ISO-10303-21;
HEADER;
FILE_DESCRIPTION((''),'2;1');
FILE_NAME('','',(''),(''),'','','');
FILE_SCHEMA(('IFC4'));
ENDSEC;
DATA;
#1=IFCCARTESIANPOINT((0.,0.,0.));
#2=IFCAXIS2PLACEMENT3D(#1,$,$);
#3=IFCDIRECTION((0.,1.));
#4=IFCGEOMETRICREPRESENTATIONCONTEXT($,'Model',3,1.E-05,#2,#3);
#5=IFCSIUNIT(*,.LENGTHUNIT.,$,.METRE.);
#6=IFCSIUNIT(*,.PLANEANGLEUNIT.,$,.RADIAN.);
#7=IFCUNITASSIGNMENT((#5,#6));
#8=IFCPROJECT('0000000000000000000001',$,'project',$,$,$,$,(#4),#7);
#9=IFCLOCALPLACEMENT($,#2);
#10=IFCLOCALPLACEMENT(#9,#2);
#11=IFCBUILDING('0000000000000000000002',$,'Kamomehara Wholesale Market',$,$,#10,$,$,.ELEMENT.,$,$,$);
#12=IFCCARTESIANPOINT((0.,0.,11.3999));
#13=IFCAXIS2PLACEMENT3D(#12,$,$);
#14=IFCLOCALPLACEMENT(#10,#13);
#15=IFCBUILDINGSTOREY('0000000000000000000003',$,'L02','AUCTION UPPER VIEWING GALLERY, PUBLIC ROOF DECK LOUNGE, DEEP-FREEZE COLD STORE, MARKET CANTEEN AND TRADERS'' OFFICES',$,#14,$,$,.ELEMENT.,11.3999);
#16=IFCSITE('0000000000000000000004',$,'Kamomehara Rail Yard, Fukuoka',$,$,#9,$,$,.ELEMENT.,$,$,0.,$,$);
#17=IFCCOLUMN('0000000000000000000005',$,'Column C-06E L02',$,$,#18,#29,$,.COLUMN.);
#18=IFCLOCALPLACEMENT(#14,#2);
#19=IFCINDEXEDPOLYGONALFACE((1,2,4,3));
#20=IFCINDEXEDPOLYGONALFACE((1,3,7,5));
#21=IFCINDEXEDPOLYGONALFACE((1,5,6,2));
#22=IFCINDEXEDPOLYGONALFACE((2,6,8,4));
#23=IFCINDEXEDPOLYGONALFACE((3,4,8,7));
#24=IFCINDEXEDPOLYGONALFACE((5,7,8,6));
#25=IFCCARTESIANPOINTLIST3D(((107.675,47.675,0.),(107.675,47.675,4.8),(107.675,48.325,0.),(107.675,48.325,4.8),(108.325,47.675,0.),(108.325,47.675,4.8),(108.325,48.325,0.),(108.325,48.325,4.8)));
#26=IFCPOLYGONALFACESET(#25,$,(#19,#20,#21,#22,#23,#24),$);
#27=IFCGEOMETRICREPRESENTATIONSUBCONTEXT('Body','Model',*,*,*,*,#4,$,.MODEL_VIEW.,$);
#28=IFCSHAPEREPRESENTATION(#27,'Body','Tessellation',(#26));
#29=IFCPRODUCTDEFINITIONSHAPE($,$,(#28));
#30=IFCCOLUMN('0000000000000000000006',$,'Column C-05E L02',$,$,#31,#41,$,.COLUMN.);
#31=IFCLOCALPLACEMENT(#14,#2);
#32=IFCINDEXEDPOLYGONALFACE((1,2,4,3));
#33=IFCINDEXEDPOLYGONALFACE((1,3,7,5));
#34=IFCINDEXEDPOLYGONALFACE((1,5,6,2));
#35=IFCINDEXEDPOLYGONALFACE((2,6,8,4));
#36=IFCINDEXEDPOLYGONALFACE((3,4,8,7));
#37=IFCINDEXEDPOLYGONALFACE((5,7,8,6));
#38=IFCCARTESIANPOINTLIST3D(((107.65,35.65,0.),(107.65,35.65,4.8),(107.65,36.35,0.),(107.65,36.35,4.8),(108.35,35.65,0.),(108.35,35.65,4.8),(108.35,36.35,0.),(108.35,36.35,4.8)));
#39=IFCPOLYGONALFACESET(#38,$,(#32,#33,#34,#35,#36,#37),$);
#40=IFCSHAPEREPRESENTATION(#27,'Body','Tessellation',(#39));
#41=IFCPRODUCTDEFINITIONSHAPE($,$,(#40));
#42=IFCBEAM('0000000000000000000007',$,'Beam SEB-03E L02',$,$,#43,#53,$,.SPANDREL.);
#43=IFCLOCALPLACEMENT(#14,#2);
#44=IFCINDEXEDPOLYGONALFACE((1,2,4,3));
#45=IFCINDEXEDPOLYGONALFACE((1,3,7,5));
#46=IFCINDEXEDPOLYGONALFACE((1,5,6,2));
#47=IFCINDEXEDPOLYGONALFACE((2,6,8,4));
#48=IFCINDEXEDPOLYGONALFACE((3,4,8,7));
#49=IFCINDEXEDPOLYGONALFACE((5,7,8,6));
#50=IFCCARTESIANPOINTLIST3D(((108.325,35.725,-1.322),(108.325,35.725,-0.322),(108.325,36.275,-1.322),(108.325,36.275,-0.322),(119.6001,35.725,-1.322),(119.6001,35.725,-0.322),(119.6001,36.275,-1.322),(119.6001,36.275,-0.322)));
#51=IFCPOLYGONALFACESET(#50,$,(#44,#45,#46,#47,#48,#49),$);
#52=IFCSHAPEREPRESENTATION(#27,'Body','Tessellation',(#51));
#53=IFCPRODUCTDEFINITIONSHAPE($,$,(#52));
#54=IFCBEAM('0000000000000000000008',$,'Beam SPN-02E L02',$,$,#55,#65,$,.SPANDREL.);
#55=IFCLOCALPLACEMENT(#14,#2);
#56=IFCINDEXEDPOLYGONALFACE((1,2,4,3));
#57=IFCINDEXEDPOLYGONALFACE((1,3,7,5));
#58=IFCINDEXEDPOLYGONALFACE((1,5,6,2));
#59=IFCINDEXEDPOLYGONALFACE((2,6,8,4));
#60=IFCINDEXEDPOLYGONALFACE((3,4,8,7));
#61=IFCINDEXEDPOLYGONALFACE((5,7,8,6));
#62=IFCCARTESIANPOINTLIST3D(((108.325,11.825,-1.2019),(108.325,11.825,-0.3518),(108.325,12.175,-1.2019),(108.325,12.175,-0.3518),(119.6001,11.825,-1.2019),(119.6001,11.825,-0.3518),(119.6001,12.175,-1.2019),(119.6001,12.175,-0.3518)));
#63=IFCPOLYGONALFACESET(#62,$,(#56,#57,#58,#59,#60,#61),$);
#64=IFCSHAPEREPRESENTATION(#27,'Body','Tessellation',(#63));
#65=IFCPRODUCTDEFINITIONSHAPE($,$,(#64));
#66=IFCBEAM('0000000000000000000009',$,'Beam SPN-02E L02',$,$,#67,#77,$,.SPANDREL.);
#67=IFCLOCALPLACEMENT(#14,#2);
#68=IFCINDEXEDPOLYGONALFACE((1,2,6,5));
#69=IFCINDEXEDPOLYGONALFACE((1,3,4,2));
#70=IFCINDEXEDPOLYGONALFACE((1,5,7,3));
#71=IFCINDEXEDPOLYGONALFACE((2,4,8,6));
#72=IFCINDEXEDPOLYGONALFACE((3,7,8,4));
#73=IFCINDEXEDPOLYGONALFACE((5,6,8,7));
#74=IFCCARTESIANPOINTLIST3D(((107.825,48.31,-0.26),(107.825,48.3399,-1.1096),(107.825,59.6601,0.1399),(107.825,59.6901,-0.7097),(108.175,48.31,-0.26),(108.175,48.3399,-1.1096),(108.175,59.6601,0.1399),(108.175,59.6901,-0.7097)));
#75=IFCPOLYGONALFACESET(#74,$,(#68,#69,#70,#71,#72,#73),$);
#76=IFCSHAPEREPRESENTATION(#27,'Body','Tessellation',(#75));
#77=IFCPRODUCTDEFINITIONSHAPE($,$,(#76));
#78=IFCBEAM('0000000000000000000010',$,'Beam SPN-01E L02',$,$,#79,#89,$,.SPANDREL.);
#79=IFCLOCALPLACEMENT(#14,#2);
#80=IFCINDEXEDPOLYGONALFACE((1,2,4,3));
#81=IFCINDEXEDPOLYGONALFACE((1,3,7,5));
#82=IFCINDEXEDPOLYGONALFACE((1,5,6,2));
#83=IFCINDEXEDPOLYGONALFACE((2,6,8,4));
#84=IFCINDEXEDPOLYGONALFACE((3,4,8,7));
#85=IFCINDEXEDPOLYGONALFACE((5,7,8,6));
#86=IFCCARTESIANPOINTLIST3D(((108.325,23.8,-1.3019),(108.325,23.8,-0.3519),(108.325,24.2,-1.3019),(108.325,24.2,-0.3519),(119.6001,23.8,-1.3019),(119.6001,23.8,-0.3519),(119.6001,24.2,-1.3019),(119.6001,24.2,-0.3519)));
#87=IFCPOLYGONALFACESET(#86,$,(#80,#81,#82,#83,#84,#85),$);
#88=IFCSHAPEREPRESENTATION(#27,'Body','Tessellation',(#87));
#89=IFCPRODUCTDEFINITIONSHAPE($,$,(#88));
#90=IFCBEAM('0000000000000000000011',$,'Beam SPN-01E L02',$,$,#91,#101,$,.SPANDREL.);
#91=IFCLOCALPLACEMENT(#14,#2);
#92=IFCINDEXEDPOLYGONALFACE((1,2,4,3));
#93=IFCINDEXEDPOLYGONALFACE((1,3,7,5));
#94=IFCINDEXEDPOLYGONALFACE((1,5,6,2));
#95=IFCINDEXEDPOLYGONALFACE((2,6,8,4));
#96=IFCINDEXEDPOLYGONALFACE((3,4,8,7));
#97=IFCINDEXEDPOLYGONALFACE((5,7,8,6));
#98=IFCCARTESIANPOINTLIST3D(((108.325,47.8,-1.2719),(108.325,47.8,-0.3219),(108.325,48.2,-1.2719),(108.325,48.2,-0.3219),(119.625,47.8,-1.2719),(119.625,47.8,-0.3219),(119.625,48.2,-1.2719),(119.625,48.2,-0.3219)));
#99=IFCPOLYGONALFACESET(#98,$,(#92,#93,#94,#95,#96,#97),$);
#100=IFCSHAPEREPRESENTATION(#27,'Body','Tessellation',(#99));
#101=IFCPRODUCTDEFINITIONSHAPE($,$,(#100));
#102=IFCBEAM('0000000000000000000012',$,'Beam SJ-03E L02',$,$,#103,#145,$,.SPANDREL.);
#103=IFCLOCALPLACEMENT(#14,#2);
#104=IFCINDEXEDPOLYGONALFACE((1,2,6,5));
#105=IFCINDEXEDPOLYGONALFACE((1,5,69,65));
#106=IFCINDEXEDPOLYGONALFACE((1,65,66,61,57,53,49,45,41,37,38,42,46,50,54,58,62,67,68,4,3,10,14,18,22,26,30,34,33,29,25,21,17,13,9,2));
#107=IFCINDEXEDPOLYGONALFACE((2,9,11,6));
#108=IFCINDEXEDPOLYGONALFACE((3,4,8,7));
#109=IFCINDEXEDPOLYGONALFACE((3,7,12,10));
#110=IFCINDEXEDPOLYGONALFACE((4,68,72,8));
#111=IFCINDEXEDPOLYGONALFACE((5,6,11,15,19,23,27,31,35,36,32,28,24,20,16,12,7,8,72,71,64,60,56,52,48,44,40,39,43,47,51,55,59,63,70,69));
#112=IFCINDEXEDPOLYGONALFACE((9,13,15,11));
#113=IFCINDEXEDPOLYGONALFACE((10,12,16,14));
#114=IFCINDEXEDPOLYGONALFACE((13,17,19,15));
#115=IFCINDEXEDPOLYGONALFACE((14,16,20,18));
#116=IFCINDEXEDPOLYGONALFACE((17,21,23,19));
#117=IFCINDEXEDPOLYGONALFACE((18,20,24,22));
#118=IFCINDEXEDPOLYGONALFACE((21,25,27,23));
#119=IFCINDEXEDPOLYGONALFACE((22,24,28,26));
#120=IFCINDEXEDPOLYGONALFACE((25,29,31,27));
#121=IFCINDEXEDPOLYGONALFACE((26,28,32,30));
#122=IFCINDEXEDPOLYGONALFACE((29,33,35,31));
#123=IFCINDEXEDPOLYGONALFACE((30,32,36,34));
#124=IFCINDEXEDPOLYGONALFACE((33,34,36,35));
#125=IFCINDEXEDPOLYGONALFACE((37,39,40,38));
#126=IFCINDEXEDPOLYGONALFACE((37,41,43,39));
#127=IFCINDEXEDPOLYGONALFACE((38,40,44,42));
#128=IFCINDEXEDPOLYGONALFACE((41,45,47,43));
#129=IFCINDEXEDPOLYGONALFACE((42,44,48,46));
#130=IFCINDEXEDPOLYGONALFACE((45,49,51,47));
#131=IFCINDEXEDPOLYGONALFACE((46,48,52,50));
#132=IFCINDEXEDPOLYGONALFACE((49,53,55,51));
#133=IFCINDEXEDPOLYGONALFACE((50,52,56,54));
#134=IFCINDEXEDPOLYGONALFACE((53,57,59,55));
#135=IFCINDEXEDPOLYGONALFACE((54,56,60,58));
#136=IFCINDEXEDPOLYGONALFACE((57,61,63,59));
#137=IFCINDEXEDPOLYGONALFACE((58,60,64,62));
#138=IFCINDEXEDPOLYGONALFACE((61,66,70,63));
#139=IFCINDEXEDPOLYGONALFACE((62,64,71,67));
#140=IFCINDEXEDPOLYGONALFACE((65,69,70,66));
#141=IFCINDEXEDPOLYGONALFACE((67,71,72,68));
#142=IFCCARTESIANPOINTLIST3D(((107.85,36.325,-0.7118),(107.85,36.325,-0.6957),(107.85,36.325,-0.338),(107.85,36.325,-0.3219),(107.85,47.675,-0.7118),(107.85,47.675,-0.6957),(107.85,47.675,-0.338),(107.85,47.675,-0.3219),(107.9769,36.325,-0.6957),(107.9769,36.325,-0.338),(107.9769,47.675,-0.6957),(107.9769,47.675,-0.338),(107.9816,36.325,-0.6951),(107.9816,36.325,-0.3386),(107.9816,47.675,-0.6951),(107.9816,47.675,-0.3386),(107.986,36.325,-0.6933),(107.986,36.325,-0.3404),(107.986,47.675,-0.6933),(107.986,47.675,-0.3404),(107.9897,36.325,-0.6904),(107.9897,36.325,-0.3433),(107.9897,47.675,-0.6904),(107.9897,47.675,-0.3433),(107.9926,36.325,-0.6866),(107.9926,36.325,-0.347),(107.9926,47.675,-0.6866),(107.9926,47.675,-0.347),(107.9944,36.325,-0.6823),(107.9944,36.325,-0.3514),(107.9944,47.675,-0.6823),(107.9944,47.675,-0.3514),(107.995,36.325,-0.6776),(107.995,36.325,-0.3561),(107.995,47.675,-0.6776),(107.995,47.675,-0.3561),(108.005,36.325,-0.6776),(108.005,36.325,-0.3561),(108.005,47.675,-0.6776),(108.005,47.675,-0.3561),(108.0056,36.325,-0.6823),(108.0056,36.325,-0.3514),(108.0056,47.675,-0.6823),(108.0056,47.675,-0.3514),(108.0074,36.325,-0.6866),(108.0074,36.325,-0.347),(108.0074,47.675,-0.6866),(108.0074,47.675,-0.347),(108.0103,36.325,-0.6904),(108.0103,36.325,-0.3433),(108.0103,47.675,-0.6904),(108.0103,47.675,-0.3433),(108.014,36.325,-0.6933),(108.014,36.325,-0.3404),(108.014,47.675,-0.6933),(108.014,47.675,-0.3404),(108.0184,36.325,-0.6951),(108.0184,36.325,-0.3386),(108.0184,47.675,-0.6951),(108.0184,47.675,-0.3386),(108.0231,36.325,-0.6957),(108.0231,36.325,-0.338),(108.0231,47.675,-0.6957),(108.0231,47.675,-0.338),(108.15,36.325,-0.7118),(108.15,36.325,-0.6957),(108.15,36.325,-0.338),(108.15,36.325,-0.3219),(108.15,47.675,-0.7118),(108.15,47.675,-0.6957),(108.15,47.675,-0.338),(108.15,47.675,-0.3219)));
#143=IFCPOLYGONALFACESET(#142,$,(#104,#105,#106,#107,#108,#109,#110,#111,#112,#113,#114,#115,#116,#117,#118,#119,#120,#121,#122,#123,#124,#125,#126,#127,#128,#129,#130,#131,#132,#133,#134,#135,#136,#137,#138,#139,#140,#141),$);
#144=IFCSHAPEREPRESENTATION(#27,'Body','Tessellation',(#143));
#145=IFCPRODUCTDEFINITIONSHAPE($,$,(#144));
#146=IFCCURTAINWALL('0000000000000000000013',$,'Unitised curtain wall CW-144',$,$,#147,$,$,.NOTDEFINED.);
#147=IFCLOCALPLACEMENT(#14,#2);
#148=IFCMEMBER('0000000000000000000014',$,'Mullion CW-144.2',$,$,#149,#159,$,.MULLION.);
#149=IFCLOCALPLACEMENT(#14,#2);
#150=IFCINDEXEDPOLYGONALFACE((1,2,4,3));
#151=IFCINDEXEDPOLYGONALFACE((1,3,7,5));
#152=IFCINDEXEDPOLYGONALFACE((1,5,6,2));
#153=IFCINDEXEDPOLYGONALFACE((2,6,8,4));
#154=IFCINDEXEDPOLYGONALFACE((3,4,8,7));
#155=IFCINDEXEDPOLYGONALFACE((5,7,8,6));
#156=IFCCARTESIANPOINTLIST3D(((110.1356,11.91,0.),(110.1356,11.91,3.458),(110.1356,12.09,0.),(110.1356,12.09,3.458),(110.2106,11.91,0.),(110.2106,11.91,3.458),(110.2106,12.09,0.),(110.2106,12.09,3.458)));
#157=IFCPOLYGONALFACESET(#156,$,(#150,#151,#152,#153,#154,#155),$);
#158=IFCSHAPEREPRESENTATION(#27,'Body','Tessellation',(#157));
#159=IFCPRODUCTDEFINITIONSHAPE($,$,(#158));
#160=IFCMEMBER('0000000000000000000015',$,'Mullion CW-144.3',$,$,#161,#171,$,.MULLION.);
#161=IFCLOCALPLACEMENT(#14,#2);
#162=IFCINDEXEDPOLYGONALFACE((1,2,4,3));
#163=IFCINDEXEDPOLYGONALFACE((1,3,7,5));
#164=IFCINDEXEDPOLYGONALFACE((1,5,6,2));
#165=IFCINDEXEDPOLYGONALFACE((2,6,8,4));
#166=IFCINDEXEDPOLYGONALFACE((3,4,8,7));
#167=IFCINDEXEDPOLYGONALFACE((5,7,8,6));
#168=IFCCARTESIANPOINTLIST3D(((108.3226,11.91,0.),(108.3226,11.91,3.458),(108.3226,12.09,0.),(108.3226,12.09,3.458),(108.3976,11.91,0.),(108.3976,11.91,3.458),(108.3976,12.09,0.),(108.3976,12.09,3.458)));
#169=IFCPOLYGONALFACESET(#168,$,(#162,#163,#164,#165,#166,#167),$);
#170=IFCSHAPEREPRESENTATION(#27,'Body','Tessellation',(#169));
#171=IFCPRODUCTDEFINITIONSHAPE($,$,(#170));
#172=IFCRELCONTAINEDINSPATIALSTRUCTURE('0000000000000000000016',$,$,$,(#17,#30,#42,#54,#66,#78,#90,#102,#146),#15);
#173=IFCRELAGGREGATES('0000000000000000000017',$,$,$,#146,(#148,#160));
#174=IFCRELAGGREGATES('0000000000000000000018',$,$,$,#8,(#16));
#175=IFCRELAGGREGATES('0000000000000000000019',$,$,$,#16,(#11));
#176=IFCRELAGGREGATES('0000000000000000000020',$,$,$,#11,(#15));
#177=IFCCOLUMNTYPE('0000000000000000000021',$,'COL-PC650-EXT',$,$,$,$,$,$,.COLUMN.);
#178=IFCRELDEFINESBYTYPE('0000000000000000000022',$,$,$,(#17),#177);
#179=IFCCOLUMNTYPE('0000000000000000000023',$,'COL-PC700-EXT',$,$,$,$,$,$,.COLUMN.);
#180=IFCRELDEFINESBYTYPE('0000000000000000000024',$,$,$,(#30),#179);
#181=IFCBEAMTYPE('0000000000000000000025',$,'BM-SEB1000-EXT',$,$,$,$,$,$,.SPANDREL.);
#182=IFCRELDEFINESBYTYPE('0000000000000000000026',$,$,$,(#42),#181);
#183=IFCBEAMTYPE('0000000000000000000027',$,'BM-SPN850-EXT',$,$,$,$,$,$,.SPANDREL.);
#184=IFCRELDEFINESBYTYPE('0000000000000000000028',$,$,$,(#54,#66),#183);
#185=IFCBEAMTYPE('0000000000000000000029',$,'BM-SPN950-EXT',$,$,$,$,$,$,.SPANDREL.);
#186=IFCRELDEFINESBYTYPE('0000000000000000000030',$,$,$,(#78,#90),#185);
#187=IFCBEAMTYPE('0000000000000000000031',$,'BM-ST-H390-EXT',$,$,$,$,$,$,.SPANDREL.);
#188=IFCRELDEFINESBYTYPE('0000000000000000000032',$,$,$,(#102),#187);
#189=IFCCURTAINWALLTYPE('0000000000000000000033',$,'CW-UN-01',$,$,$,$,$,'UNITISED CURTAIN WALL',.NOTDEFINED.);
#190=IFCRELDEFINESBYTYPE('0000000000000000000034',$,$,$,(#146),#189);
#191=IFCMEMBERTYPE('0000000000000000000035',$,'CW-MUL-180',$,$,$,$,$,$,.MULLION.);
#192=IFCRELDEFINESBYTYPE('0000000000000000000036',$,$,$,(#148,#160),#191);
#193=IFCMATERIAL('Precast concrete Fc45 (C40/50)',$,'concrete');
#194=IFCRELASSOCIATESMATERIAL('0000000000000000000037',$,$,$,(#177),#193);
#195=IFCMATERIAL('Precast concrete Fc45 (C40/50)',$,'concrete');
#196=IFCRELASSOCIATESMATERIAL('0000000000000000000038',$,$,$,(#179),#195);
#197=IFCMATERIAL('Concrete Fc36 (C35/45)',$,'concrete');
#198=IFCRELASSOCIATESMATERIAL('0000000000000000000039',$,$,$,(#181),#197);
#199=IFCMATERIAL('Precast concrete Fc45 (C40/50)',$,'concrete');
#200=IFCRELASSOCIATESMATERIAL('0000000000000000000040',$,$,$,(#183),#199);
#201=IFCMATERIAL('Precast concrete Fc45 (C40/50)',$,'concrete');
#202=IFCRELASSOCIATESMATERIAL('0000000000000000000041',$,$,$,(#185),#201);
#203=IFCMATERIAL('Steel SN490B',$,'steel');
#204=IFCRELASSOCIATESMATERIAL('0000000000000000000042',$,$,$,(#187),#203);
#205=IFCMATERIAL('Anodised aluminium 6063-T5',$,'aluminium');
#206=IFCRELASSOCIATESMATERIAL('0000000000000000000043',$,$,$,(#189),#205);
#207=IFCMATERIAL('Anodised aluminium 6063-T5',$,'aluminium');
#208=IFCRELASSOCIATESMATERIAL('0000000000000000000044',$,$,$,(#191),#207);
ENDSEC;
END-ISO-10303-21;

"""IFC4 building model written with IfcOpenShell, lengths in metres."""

from ifc_helpers import new_model, si_unit, direction, frame, origin, origin_2d, place, context, subcontext, project, spatial, rectangle, i_section, extrude, material, material_profile, profile_set, type_object, element, aggregate, save


model = new_model("IFC4")

# Units and contexts
model_context = context("Model", 3, precision=1e-05, world=origin(), true_north=direction((0.0, 1.0)))
body_context = subcontext(model_context, "Body", "Model", "MODEL_VIEW")
ifc_project = project(units=[si_unit("LENGTHUNIT", "METRE"), si_unit("PLANEANGLEUNIT", "RADIAN")], contexts=[model_context])

# Site, building, storey
site_placement = place(None, origin())
site = spatial("IfcSite", under=ifc_project, at=site_placement, Name="Kamomehara Rail Yard, Fukuoka", CompositionType="ELEMENT", RefElevation=0.0)
building_placement = place(site_placement, origin())
building = spatial("IfcBuilding", under=site, at=building_placement, Name="Kamomehara Wholesale Market", CompositionType="ELEMENT")
storey_placement = place(building_placement, frame((0.0, 0.0, 11.3999)))
storey = spatial("IfcBuildingStorey", under=building, at=storey_placement, Name="L02", Description="AUCTION UPPER VIEWING GALLERY, PUBLIC ROOF DECK LOUNGE, DEEP-FREEZE COLD STORE, MARKET CANTEEN AND TRADERS' OFFICES", CompositionType="ELEMENT", Elevation=11.3999)

# Columns
ifc_material_1 = material(Name="Precast concrete Fc45 (C40/50)", Category="concrete")
ifc_material_profile_1 = material_profile(ifc_material_1, rectangle(XDim=0.6499, YDim=0.6499, at=origin_2d()), Name="PC-COL-650x650")
ifc_profile_set_1 = profile_set([ifc_material_profile_1], Name="Precast concrete Fc45 (C40/50)")
column_type_1 = type_object("IfcColumnType", Name="COL-PC650-EXT", PredefinedType="COLUMN", material=ifc_profile_set_1)
column_1_placement = place(storey_placement, frame((108.0, 48.0, 0.0), z_axis=(0.0, 0.0, 1.0), x_axis=(1.0, 0.0, 0.0)))
element("IfcColumn", 1, at=column_1_placement, inside=storey, type_object=column_type_1, Name="Column C-06E L02", PredefinedType="COLUMN", context=body_context, shape_type="SweptSolid", body=[
    extrude(rectangle(XDim=0.6499, YDim=0.6499, at=origin_2d()), origin(), (0.0, 0.0, 1.0), 4.8),
])
ifc_material_2 = material(Name="Precast concrete Fc45 (C40/50)", Category="concrete")
ifc_material_profile_2 = material_profile(ifc_material_2, rectangle(XDim=0.7, YDim=0.7, at=origin_2d()), Name="PC-COL-700x700")
ifc_profile_set_2 = profile_set([ifc_material_profile_2], Name="Precast concrete Fc45 (C40/50)")
column_type_2 = type_object("IfcColumnType", Name="COL-PC700-EXT", PredefinedType="COLUMN", material=ifc_profile_set_2)
column_2_placement = place(storey_placement, frame((108.0, 36.0, 0.0), z_axis=(0.0, 0.0, 1.0), x_axis=(1.0, 0.0, 0.0)))
element("IfcColumn", 2, at=column_2_placement, inside=storey, type_object=column_type_2, Name="Column C-05E L02", PredefinedType="COLUMN", context=body_context, shape_type="SweptSolid", body=[
    extrude(rectangle(XDim=0.7, YDim=0.7, at=origin_2d()), origin(), (0.0, 0.0, 1.0), 4.8),
])

# Beams
ifc_material_3 = material(Name="Concrete Fc36 (C35/45)", Category="concrete")
ifc_material_profile_3 = material_profile(ifc_material_3, rectangle(XDim=0.55, YDim=1.0, at=origin_2d()), Name="RC-SEB-550x1000")
ifc_profile_set_3 = profile_set([ifc_material_profile_3], Name="Concrete Fc36 (C35/45)")
beam_type_1 = type_object("IfcBeamType", Name="BM-SEB1000-EXT", PredefinedType="SPANDREL", material=ifc_profile_set_3)
beam_1_placement = place(storey_placement, frame((108.325, 36.0, -0.822), z_axis=(1.0, 0.0, 0.0), x_axis=(0.0, 1.0, 0.0)))
element("IfcBeam", 3, at=beam_1_placement, inside=storey, type_object=beam_type_1, Name="Beam SEB-03E L02", PredefinedType="SPANDREL", context=body_context, shape_type="SweptSolid", body=[
    extrude(rectangle(XDim=0.55, YDim=1.0, at=origin_2d()), origin(), (0.0, 0.0, 1.0), 11.2751),
])
ifc_material_4 = material(Name="Precast concrete Fc45 (C40/50)", Category="concrete")
ifc_material_profile_4 = material_profile(ifc_material_4, rectangle(XDim=0.3501, YDim=0.8501, at=origin_2d()), Name="PC-SPN-350x850")
ifc_profile_set_4 = profile_set([ifc_material_profile_4], Name="Precast concrete Fc45 (C40/50)")
beam_type_2 = type_object("IfcBeamType", Name="BM-SPN850-EXT", PredefinedType="SPANDREL", material=ifc_profile_set_4)
beam_2_placement = place(storey_placement, frame((108.325, 12.0, -0.7769), z_axis=(1.0, 0.0, 0.0), x_axis=(0.0, 1.0, 0.0)))
element("IfcBeam", 4, at=beam_2_placement, inside=storey, type_object=beam_type_2, Name="Beam SPN-02E L02", PredefinedType="SPANDREL", context=body_context, shape_type="SweptSolid", body=[
    extrude(rectangle(XDim=0.3501, YDim=0.8501, at=origin_2d()), origin(), (0.0, 0.0, 1.0), 11.2751),
])
beam_3_placement = place(storey_placement, frame((108.0, 48.325, -0.6848), z_axis=(0.0, 0.99938, 0.035212), x_axis=(-1.0, 0.0, 0.0)))
element("IfcBeam", 5, at=beam_3_placement, inside=storey, type_object=beam_type_2, Name="Beam SPN-02E L02", PredefinedType="SPANDREL", context=body_context, shape_type="SweptSolid", body=[
    extrude(rectangle(XDim=0.3501, YDim=0.8501, at=origin_2d()), origin(), (0.0, 0.0, 1.0), 11.3572),
])
ifc_material_5 = material(Name="Precast concrete Fc45 (C40/50)", Category="concrete")
ifc_material_profile_5 = material_profile(ifc_material_5, rectangle(XDim=0.3999, YDim=0.95, at=origin_2d()), Name="PC-SPN-400x950")
ifc_profile_set_5 = profile_set([ifc_material_profile_5], Name="Precast concrete Fc45 (C40/50)")
beam_type_3 = type_object("IfcBeamType", Name="BM-SPN950-EXT", PredefinedType="SPANDREL", material=ifc_profile_set_5)
beam_4_placement = place(storey_placement, frame((108.325, 24.0, -0.8269), z_axis=(1.0, 0.0, 0.0), x_axis=(0.0, 1.0, 0.0)))
element("IfcBeam", 6, at=beam_4_placement, inside=storey, type_object=beam_type_3, Name="Beam SPN-01E L02", PredefinedType="SPANDREL", context=body_context, shape_type="SweptSolid", body=[
    extrude(rectangle(XDim=0.3999, YDim=0.95, at=origin_2d()), origin(), (0.0, 0.0, 1.0), 11.2751),
])
beam_5_placement = place(storey_placement, frame((108.325, 48.0, -0.7969), z_axis=(1.0, 0.0, 0.0), x_axis=(0.0, 1.0, 0.0)))
element("IfcBeam", 7, at=beam_5_placement, inside=storey, type_object=beam_type_3, Name="Beam SPN-01E L02", PredefinedType="SPANDREL", context=body_context, shape_type="SweptSolid", body=[
    extrude(rectangle(XDim=0.3999, YDim=0.95, at=origin_2d()), origin(), (0.0, 0.0, 1.0), 11.3),
])
ifc_material_6 = material(Name="Steel SN490B", Category="steel")
ifc_material_profile_6 = material_profile(ifc_material_6, i_section(OverallWidth=0.3, OverallDepth=0.3899, WebThickness=0.01, FlangeThickness=0.0161, FilletRadius=0.0181, at=origin_2d()), Name="H-390x300x10x16")
ifc_profile_set_6 = profile_set([ifc_material_profile_6], Name="Steel SN490B")
beam_type_4 = type_object("IfcBeamType", Name="BM-ST-H390-EXT", PredefinedType="SPANDREL", material=ifc_profile_set_6)
beam_6_placement = place(storey_placement, frame((108.0, 36.325, -0.5168), z_axis=(0.0, 1.0, 0.0), x_axis=(-1.0, 0.0, 0.0)))
element("IfcBeam", 8, at=beam_6_placement, inside=storey, type_object=beam_type_4, Name="Beam SJ-03E L02", PredefinedType="SPANDREL", context=body_context, shape_type="SweptSolid", body=[
    extrude(i_section(OverallWidth=0.3, OverallDepth=0.3899, WebThickness=0.01, FlangeThickness=0.0161, FilletRadius=0.0181, at=origin_2d()), origin(), (0.0, 0.0, 1.0), 11.3501),
])

# Curtain wall, members
ifc_material_7 = material(Name="Anodised aluminium 6063-T5", Category="aluminium")
curtain_wall_type = type_object("IfcCurtainWallType", Name="CW-UN-01", ElementType="UNITISED CURTAIN WALL", PredefinedType="NOTDEFINED", material=ifc_material_7)
curtain_wall_placement = place(storey_placement, origin())
curtain_wall = element("IfcCurtainWall", 9, at=curtain_wall_placement, inside=storey, type_object=curtain_wall_type, Name="Unitised curtain wall CW-144", PredefinedType="NOTDEFINED")
ifc_material_8 = material(Name="Anodised aluminium 6063-T5", Category="aluminium")
ifc_material_profile_7 = material_profile(ifc_material_8, rectangle(XDim=0.075, YDim=0.1799, at=origin_2d()), Name="ALU-MUL-75x180")
ifc_profile_set_7 = profile_set([ifc_material_profile_7], Name="Anodised aluminium 6063-T5")
member_type = type_object("IfcMemberType", Name="CW-MUL-180", PredefinedType="MULLION", material=ifc_profile_set_7)
member_1_placement = place(storey_placement, frame((110.1731, 12.0, 0.0), z_axis=(0.0, 0.0, 1.0), x_axis=(-1.0, 0.0, 0.0)))
member_1 = element("IfcMember", 10, at=member_1_placement, type_object=member_type, Name="Mullion CW-144.2", PredefinedType="MULLION", context=body_context, shape_type="SweptSolid", body=[
    extrude(rectangle(XDim=0.075, YDim=0.1799, at=origin_2d()), origin(), (0.0, 0.0, 1.0), 3.458),
])
member_2_placement = place(storey_placement, frame((108.3601, 12.0, 0.0), z_axis=(0.0, 0.0, 1.0), x_axis=(-1.0, 0.0, 0.0)))
member_2 = element("IfcMember", 11, at=member_2_placement, type_object=member_type, Name="Mullion CW-144.3", PredefinedType="MULLION", context=body_context, shape_type="SweptSolid", body=[
    extrude(rectangle(XDim=0.075, YDim=0.1799, at=origin_2d()), origin(), (0.0, 0.0, 1.0), 3.458),
])
aggregate(curtain_wall, [member_1, member_2])

save(model, "model.ifc")
